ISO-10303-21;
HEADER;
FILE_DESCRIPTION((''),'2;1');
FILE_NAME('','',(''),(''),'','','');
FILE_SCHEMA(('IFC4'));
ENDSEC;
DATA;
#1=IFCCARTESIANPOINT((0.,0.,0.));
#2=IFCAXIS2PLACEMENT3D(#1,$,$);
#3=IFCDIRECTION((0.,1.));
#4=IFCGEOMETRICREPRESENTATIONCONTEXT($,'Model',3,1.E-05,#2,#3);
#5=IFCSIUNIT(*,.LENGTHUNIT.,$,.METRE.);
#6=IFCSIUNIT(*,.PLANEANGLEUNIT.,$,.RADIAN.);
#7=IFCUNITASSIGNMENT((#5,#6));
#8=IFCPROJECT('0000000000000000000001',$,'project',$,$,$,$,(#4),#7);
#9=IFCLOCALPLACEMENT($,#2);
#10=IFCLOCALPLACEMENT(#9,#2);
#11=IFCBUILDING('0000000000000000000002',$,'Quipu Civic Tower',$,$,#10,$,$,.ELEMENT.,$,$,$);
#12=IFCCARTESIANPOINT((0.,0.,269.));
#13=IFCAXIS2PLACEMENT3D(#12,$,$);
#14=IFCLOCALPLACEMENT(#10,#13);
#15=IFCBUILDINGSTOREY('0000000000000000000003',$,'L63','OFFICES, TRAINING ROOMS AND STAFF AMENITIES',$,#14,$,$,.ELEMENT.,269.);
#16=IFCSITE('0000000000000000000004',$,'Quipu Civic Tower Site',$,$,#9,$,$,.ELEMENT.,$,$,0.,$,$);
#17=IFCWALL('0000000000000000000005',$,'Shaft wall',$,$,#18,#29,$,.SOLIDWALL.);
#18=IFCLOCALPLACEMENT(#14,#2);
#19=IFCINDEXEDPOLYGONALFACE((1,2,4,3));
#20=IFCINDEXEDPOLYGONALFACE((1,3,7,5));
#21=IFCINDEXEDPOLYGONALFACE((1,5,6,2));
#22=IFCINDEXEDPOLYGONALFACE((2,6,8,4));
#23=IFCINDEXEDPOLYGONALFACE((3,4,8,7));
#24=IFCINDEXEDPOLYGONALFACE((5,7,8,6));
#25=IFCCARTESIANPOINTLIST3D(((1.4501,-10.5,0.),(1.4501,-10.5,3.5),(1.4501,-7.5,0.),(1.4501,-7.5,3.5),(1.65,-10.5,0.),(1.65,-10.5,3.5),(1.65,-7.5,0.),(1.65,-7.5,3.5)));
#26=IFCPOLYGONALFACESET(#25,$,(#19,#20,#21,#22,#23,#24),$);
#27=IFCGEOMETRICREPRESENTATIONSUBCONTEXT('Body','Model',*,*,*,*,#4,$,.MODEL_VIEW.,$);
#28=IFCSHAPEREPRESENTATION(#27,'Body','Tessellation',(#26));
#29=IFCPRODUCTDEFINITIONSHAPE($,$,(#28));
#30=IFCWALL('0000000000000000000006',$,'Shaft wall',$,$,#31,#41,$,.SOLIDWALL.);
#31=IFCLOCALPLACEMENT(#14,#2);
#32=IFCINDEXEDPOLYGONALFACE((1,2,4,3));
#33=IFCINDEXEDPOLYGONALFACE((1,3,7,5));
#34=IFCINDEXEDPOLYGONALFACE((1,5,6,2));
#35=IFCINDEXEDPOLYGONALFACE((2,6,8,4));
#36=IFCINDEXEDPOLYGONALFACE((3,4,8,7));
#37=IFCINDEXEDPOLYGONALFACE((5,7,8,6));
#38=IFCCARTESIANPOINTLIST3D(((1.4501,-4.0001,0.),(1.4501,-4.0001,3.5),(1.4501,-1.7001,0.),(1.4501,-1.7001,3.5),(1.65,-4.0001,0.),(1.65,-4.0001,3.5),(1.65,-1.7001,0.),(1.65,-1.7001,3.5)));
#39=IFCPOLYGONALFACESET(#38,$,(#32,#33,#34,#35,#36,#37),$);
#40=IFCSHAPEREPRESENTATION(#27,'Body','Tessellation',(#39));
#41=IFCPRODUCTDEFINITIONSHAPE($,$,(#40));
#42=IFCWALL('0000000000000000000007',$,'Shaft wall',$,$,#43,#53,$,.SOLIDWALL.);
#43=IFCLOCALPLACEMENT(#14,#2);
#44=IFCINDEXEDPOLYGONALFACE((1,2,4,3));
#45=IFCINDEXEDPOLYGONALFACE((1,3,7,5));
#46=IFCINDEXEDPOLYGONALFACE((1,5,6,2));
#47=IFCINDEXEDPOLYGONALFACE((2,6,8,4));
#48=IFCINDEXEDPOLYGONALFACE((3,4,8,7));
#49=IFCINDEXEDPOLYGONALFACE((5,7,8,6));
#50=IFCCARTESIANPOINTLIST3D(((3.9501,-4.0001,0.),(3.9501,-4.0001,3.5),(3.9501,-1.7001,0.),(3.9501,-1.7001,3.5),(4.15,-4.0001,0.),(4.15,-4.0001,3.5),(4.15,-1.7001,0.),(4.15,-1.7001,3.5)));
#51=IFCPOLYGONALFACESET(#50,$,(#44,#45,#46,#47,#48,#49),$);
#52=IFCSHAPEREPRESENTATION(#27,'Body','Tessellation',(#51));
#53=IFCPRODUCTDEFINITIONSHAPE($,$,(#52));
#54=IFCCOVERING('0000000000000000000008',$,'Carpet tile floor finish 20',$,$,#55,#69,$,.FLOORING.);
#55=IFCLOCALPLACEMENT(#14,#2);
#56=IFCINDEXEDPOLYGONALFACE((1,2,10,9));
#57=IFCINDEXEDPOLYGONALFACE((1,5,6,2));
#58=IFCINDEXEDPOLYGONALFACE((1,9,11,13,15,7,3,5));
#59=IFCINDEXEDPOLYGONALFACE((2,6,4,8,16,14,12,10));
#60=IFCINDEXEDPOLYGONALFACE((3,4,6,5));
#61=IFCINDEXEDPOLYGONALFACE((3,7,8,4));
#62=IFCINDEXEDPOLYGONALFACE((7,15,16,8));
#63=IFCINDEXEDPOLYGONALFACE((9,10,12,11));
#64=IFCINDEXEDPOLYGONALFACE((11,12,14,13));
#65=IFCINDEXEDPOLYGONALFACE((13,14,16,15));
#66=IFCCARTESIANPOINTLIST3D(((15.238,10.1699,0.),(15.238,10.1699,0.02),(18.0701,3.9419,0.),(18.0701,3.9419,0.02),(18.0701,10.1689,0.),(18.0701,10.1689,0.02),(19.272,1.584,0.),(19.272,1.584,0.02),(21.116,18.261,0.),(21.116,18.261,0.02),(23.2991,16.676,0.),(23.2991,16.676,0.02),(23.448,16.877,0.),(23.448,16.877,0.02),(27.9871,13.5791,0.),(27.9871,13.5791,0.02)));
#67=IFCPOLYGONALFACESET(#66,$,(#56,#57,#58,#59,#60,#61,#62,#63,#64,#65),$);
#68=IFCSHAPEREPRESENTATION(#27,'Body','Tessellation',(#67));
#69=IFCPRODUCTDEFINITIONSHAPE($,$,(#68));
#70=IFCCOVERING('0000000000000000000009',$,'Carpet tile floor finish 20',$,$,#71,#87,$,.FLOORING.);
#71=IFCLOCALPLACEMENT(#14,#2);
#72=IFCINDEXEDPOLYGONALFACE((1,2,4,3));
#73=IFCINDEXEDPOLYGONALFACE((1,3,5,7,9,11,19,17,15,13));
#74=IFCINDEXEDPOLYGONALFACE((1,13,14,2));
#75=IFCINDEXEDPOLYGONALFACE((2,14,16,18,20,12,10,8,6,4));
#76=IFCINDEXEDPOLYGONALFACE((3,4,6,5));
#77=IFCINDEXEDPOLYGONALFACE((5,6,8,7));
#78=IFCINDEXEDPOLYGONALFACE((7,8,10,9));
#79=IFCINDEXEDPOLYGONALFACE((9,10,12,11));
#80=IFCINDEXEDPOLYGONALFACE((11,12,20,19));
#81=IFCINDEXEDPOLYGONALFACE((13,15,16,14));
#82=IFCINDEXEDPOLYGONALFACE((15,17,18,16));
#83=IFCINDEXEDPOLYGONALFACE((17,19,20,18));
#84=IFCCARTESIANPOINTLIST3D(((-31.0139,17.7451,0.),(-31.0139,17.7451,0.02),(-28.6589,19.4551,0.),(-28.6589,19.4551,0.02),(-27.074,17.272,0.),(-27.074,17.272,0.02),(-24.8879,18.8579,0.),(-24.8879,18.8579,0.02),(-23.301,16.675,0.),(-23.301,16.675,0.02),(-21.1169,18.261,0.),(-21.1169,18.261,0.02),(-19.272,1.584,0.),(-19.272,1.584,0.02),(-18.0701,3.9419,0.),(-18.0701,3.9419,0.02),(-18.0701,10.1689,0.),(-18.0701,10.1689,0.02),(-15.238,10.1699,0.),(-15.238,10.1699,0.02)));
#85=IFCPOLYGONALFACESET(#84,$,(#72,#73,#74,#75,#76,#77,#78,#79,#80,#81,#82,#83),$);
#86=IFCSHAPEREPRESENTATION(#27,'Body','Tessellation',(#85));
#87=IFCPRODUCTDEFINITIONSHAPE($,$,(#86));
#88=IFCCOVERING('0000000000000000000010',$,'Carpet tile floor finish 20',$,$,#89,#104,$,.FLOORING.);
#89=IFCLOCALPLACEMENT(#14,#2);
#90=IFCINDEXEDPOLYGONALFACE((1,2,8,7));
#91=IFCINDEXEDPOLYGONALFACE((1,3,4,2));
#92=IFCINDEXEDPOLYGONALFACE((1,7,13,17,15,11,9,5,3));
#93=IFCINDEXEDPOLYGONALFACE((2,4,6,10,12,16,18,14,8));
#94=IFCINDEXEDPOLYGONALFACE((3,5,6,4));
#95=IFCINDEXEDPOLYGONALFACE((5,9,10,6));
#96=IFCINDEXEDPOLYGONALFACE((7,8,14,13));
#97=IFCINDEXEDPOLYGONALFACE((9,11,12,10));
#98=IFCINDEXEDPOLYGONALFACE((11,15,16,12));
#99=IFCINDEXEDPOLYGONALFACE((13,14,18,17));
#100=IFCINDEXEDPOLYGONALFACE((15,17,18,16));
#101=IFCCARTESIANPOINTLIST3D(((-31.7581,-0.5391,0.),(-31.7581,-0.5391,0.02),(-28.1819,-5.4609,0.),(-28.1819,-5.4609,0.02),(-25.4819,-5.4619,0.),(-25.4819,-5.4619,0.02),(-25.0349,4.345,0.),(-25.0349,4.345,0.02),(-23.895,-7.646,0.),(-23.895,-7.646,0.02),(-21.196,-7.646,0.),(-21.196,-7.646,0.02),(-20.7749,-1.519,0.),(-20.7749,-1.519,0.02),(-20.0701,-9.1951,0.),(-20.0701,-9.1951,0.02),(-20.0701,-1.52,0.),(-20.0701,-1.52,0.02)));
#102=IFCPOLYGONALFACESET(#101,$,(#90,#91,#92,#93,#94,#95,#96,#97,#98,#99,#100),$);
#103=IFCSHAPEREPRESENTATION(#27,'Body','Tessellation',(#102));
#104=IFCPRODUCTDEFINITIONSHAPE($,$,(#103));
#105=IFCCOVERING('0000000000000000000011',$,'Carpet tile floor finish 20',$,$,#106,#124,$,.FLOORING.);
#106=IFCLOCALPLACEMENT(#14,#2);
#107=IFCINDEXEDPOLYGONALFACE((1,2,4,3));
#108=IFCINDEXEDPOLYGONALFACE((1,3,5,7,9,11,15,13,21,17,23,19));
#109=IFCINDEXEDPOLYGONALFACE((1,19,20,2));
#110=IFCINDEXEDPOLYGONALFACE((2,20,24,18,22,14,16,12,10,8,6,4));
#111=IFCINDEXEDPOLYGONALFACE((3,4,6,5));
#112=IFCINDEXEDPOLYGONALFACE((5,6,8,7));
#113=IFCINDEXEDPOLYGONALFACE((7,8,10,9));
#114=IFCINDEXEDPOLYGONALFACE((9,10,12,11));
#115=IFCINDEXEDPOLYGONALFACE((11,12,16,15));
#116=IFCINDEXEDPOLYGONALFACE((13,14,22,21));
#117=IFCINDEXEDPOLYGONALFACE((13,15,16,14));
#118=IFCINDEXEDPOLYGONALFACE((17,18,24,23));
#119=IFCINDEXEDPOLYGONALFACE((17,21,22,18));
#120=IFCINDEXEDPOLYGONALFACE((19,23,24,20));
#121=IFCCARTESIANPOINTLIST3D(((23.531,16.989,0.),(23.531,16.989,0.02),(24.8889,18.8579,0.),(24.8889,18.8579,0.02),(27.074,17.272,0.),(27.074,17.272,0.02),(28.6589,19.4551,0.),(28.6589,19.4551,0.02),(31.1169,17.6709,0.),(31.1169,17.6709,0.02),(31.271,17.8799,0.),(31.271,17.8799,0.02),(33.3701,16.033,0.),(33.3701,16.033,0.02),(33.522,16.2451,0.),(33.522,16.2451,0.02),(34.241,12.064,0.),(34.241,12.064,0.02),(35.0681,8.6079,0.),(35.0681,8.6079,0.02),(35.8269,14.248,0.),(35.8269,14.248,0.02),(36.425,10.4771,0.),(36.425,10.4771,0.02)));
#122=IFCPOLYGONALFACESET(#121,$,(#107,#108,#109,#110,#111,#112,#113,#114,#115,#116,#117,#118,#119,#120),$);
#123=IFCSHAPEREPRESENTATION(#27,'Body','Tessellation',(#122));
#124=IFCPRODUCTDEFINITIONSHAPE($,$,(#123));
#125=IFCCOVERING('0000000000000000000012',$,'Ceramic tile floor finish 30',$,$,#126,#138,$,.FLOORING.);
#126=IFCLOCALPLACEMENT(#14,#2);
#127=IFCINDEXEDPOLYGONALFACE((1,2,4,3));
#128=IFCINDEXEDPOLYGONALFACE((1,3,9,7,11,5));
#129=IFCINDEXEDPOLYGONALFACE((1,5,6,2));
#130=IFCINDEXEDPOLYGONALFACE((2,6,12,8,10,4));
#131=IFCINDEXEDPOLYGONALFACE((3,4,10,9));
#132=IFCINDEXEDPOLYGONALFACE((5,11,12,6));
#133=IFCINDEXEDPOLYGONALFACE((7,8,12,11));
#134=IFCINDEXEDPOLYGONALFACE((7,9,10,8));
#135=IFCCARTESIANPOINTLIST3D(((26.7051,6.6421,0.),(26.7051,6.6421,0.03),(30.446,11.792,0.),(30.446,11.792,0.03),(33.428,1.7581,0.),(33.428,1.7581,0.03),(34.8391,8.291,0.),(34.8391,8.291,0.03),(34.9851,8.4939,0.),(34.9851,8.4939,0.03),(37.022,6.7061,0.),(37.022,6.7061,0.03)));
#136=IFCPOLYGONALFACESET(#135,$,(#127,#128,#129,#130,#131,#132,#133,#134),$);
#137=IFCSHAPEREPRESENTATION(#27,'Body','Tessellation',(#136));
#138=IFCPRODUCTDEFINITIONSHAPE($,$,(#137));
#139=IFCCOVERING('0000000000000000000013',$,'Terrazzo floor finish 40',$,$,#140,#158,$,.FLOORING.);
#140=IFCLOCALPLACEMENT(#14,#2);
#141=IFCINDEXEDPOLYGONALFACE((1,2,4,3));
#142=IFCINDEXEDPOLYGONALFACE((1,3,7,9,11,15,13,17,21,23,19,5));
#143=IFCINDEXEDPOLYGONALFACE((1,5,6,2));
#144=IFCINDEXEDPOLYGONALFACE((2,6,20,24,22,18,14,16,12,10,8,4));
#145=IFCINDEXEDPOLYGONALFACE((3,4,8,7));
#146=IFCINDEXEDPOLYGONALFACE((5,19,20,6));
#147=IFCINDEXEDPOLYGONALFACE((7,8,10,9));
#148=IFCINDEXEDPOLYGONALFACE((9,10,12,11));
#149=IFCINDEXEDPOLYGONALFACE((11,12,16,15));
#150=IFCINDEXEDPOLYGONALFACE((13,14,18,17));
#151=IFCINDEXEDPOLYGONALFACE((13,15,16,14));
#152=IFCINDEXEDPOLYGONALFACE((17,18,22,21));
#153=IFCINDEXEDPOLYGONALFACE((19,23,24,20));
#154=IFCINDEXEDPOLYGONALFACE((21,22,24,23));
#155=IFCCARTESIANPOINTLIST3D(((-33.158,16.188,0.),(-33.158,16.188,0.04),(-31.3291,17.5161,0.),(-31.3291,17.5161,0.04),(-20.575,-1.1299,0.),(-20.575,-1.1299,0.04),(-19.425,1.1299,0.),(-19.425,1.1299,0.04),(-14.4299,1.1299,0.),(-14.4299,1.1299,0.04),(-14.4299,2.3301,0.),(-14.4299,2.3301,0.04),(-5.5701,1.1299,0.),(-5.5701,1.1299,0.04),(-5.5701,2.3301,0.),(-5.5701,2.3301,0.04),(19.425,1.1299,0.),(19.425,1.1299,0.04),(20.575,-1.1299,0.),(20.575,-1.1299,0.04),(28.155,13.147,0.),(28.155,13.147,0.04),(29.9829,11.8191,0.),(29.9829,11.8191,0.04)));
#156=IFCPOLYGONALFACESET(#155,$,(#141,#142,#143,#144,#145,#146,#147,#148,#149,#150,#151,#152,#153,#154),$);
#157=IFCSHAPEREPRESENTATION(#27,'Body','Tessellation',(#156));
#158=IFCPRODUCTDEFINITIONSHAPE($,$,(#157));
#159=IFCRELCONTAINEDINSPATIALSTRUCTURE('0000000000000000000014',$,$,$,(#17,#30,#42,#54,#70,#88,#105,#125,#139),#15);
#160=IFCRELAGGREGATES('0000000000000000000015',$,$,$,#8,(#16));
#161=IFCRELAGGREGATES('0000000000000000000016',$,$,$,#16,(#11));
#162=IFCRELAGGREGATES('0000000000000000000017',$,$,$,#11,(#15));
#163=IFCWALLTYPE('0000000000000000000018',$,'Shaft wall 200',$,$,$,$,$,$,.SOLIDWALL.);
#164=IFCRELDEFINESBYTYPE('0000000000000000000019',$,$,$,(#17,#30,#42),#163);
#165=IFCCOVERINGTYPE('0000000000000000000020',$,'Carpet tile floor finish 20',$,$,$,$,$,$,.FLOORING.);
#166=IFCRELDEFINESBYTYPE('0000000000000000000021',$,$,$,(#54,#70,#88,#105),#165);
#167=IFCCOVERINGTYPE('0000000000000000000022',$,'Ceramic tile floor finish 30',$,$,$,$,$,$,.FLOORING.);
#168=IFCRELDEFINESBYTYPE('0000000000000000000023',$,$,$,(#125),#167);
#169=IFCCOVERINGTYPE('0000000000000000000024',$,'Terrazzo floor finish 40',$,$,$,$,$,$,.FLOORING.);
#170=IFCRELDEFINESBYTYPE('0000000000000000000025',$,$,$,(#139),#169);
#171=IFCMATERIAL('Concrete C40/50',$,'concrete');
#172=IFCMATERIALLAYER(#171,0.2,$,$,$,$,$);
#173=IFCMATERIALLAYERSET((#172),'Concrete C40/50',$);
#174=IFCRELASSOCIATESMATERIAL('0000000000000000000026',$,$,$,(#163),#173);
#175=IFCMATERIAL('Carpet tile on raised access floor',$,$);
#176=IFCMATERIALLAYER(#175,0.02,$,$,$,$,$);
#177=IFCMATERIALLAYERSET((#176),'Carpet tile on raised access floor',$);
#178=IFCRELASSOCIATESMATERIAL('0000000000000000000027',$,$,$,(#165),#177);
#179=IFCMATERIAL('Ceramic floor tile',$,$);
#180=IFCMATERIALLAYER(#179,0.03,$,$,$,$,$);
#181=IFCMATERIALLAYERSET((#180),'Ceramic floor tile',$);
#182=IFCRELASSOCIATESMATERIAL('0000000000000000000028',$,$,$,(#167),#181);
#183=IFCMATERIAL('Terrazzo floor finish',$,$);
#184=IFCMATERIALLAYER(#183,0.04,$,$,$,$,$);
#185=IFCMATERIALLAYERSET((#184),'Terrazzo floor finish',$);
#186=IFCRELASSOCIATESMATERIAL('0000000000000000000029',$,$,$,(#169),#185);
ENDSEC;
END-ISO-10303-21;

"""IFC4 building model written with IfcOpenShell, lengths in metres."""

from ifc_helpers import new_model, si_unit, direction, frame, frame_2d, origin, place, context, subcontext, project, spatial, polyline, rectangle, outline, extrude, material, layer, layer_set, type_object, element, save


model = new_model("IFC4")

# Units and contexts
model_context = context("Model", 3, precision=1e-05, world=origin(), true_north=direction((0.0, 1.0)))
body_context = subcontext(model_context, "Body", "Model", "MODEL_VIEW")
ifc_project = project(units=[si_unit("LENGTHUNIT", "METRE"), si_unit("PLANEANGLEUNIT", "RADIAN")], contexts=[model_context])

# Site, building, storey
site_placement = place(None, origin())
site = spatial("IfcSite", under=ifc_project, at=site_placement, Name="Quipu Civic Tower Site", CompositionType="ELEMENT", RefElevation=0.0)
building_placement = place(site_placement, origin())
building = spatial("IfcBuilding", under=site, at=building_placement, Name="Quipu Civic Tower", CompositionType="ELEMENT")
storey_placement = place(building_placement, frame((0.0, 0.0, 269.0)))
storey = spatial("IfcBuildingStorey", under=building, at=storey_placement, Name="L63", Description="OFFICES, TRAINING ROOMS AND STAFF AMENITIES", CompositionType="ELEMENT", Elevation=269.0)

# Walls
ifc_material_1 = material(Name="Concrete C40/50", Category="concrete")
ifc_layer_1 = layer(ifc_material_1, 0.2)
ifc_layer_set_1 = layer_set([ifc_layer_1], Name="Concrete C40/50")
wall_type_1 = type_object("IfcWallType", Name="Shaft wall 200", PredefinedType="SOLIDWALL", material=ifc_layer_set_1)
wall_1_placement = place(storey_placement, frame((1.55, -10.5, 0.0), z_axis=(0.0, 0.0, 1.0), x_axis=(0.0, 1.0, 0.0)))
element("IfcWall", 1, at=wall_1_placement, inside=storey, type_object=wall_type_1, Name="Shaft wall", PredefinedType="SOLIDWALL", context=body_context, shape_type="SweptSolid", body=[
    extrude(rectangle(XDim=3.0, YDim=0.2, at=frame_2d((1.5, 0.0))), origin(), (0.0, 0.0, 1.0), 3.5),
])
for number, where, z_axis, x_axis, name in (
    (2, (1.55, -4.0, 0.0), (0.0, 0.0, 1.0), (0.0, 1.0, 0.0), "Shaft wall"),
    (3, (4.05, -4.0, 0.0), (0.0, 0.0, 1.0), (0.0, 1.0, 0.0), "Shaft wall"),
):
    element("IfcWall", number, at=place(storey_placement, frame(where, z_axis=z_axis, x_axis=x_axis)), inside=storey, type_object=wall_type_1, Name=name, PredefinedType="SOLIDWALL", context=body_context, shape_type="SweptSolid", body=[
        extrude(rectangle(XDim=2.3, YDim=0.2, at=frame_2d((1.1499, 0.0))), origin(), (0.0, 0.0, 1.0), 3.5),
    ])

# Coverings
ifc_material_2 = material(Name="Carpet tile on raised access floor")
ifc_layer_2 = layer(ifc_material_2, 0.02)
ifc_layer_set_2 = layer_set([ifc_layer_2], Name="Carpet tile on raised access floor")
covering_type_1 = type_object("IfcCoveringType", Name="Carpet tile floor finish 20", PredefinedType="FLOORING", material=ifc_layer_set_2)
covering_1_placement = place(storey_placement, origin())
element("IfcCovering", 4, at=covering_1_placement, inside=storey, type_object=covering_type_1, Name="Carpet tile floor finish 20", PredefinedType="FLOORING", context=body_context, shape_type="SweptSolid", body=[
    extrude(outline(polyline([(15.238, 10.1699), (21.116, 18.261), (23.2991, 16.676), (23.448, 16.877), (27.9871, 13.5791), (19.272, 1.584), (18.0701, 3.9419), (18.0701, 10.1689), (15.238, 10.1699)])), origin(), (0.0, 0.0, 1.0), 0.02),
])
covering_2_placement = place(storey_placement, origin())
element("IfcCovering", 5, at=covering_2_placement, inside=storey, type_object=covering_type_1, Name="Carpet tile floor finish 20", PredefinedType="FLOORING", context=body_context, shape_type="SweptSolid", body=[
    extrude(outline(polyline([(-31.0139, 17.7451), (-28.6589, 19.4551), (-27.074, 17.272), (-24.8879, 18.8579), (-23.301, 16.675), (-21.1169, 18.261), (-15.238, 10.1699), (-18.0701, 10.1689), (-18.0701, 3.9419), (-19.272, 1.584), (-31.0139, 17.7451)])), origin(), (0.0, 0.0, 1.0), 0.02),
])
covering_3_placement = place(storey_placement, origin())
element("IfcCovering", 6, at=covering_3_placement, inside=storey, type_object=covering_type_1, Name="Carpet tile floor finish 20", PredefinedType="FLOORING", context=body_context, shape_type="SweptSolid", body=[
    extrude(outline(polyline([(-31.7581, -0.5391), (-25.0349, 4.345), (-20.7749, -1.519), (-20.0701, -1.52), (-20.0701, -9.1951), (-21.196, -7.646), (-23.895, -7.646), (-25.4819, -5.4619), (-28.1819, -5.4609), (-31.7581, -0.5391)])), origin(), (0.0, 0.0, 1.0), 0.02),
])
covering_4_placement = place(storey_placement, origin())
element("IfcCovering", 7, at=covering_4_placement, inside=storey, type_object=covering_type_1, Name="Carpet tile floor finish 20", PredefinedType="FLOORING", context=body_context, shape_type="SweptSolid", body=[
    extrude(outline(polyline([(23.531, 16.989), (24.8889, 18.8579), (27.074, 17.272), (28.6589, 19.4551), (31.1169, 17.6709), (31.271, 17.8799), (33.522, 16.2451), (33.3701, 16.033), (35.8269, 14.248), (34.241, 12.064), (36.425, 10.4771), (35.0681, 8.6079), (23.531, 16.989)])), origin(), (0.0, 0.0, 1.0), 0.02),
])
ifc_material_3 = material(Name="Ceramic floor tile")
ifc_layer_3 = layer(ifc_material_3, 0.03)
ifc_layer_set_3 = layer_set([ifc_layer_3], Name="Ceramic floor tile")
covering_type_2 = type_object("IfcCoveringType", Name="Ceramic tile floor finish 30", PredefinedType="FLOORING", material=ifc_layer_set_3)
covering_5_placement = place(storey_placement, origin())
element("IfcCovering", 8, at=covering_5_placement, inside=storey, type_object=covering_type_2, Name="Ceramic tile floor finish 30", PredefinedType="FLOORING", context=body_context, shape_type="SweptSolid", body=[
    extrude(outline(polyline([(26.7051, 6.6421), (30.446, 11.792), (34.9851, 8.4939), (34.8391, 8.291), (37.022, 6.7061), (33.428, 1.7581), (26.7051, 6.6421)])), origin(), (0.0, 0.0, 1.0), 0.03),
])
ifc_material_4 = material(Name="Terrazzo floor finish")
ifc_layer_4 = layer(ifc_material_4, 0.04)
ifc_layer_set_4 = layer_set([ifc_layer_4], Name="Terrazzo floor finish")
covering_type_3 = type_object("IfcCoveringType", Name="Terrazzo floor finish 40", PredefinedType="FLOORING", material=ifc_layer_set_4)
covering_6_placement = place(storey_placement, origin())
element("IfcCovering", 9, at=covering_6_placement, inside=storey, type_object=covering_type_3, Name="Terrazzo floor finish 40", PredefinedType="FLOORING", context=body_context, shape_type="SweptSolid", body=[
    extrude(outline(polyline([(-5.5701, 1.1299), (19.425, 1.1299), (28.155, 13.147), (29.9829, 11.8191), (20.575, -1.1299), (-20.575, -1.1299), (-33.158, 16.188), (-31.3291, 17.5161), (-19.425, 1.1299), (-14.4299, 1.1299), (-14.4299, 2.3301), (-5.5701, 2.3301), (-5.5701, 1.1299)])), origin(), (0.0, 0.0, 1.0), 0.04),
])

save(model, "model.ifc")
